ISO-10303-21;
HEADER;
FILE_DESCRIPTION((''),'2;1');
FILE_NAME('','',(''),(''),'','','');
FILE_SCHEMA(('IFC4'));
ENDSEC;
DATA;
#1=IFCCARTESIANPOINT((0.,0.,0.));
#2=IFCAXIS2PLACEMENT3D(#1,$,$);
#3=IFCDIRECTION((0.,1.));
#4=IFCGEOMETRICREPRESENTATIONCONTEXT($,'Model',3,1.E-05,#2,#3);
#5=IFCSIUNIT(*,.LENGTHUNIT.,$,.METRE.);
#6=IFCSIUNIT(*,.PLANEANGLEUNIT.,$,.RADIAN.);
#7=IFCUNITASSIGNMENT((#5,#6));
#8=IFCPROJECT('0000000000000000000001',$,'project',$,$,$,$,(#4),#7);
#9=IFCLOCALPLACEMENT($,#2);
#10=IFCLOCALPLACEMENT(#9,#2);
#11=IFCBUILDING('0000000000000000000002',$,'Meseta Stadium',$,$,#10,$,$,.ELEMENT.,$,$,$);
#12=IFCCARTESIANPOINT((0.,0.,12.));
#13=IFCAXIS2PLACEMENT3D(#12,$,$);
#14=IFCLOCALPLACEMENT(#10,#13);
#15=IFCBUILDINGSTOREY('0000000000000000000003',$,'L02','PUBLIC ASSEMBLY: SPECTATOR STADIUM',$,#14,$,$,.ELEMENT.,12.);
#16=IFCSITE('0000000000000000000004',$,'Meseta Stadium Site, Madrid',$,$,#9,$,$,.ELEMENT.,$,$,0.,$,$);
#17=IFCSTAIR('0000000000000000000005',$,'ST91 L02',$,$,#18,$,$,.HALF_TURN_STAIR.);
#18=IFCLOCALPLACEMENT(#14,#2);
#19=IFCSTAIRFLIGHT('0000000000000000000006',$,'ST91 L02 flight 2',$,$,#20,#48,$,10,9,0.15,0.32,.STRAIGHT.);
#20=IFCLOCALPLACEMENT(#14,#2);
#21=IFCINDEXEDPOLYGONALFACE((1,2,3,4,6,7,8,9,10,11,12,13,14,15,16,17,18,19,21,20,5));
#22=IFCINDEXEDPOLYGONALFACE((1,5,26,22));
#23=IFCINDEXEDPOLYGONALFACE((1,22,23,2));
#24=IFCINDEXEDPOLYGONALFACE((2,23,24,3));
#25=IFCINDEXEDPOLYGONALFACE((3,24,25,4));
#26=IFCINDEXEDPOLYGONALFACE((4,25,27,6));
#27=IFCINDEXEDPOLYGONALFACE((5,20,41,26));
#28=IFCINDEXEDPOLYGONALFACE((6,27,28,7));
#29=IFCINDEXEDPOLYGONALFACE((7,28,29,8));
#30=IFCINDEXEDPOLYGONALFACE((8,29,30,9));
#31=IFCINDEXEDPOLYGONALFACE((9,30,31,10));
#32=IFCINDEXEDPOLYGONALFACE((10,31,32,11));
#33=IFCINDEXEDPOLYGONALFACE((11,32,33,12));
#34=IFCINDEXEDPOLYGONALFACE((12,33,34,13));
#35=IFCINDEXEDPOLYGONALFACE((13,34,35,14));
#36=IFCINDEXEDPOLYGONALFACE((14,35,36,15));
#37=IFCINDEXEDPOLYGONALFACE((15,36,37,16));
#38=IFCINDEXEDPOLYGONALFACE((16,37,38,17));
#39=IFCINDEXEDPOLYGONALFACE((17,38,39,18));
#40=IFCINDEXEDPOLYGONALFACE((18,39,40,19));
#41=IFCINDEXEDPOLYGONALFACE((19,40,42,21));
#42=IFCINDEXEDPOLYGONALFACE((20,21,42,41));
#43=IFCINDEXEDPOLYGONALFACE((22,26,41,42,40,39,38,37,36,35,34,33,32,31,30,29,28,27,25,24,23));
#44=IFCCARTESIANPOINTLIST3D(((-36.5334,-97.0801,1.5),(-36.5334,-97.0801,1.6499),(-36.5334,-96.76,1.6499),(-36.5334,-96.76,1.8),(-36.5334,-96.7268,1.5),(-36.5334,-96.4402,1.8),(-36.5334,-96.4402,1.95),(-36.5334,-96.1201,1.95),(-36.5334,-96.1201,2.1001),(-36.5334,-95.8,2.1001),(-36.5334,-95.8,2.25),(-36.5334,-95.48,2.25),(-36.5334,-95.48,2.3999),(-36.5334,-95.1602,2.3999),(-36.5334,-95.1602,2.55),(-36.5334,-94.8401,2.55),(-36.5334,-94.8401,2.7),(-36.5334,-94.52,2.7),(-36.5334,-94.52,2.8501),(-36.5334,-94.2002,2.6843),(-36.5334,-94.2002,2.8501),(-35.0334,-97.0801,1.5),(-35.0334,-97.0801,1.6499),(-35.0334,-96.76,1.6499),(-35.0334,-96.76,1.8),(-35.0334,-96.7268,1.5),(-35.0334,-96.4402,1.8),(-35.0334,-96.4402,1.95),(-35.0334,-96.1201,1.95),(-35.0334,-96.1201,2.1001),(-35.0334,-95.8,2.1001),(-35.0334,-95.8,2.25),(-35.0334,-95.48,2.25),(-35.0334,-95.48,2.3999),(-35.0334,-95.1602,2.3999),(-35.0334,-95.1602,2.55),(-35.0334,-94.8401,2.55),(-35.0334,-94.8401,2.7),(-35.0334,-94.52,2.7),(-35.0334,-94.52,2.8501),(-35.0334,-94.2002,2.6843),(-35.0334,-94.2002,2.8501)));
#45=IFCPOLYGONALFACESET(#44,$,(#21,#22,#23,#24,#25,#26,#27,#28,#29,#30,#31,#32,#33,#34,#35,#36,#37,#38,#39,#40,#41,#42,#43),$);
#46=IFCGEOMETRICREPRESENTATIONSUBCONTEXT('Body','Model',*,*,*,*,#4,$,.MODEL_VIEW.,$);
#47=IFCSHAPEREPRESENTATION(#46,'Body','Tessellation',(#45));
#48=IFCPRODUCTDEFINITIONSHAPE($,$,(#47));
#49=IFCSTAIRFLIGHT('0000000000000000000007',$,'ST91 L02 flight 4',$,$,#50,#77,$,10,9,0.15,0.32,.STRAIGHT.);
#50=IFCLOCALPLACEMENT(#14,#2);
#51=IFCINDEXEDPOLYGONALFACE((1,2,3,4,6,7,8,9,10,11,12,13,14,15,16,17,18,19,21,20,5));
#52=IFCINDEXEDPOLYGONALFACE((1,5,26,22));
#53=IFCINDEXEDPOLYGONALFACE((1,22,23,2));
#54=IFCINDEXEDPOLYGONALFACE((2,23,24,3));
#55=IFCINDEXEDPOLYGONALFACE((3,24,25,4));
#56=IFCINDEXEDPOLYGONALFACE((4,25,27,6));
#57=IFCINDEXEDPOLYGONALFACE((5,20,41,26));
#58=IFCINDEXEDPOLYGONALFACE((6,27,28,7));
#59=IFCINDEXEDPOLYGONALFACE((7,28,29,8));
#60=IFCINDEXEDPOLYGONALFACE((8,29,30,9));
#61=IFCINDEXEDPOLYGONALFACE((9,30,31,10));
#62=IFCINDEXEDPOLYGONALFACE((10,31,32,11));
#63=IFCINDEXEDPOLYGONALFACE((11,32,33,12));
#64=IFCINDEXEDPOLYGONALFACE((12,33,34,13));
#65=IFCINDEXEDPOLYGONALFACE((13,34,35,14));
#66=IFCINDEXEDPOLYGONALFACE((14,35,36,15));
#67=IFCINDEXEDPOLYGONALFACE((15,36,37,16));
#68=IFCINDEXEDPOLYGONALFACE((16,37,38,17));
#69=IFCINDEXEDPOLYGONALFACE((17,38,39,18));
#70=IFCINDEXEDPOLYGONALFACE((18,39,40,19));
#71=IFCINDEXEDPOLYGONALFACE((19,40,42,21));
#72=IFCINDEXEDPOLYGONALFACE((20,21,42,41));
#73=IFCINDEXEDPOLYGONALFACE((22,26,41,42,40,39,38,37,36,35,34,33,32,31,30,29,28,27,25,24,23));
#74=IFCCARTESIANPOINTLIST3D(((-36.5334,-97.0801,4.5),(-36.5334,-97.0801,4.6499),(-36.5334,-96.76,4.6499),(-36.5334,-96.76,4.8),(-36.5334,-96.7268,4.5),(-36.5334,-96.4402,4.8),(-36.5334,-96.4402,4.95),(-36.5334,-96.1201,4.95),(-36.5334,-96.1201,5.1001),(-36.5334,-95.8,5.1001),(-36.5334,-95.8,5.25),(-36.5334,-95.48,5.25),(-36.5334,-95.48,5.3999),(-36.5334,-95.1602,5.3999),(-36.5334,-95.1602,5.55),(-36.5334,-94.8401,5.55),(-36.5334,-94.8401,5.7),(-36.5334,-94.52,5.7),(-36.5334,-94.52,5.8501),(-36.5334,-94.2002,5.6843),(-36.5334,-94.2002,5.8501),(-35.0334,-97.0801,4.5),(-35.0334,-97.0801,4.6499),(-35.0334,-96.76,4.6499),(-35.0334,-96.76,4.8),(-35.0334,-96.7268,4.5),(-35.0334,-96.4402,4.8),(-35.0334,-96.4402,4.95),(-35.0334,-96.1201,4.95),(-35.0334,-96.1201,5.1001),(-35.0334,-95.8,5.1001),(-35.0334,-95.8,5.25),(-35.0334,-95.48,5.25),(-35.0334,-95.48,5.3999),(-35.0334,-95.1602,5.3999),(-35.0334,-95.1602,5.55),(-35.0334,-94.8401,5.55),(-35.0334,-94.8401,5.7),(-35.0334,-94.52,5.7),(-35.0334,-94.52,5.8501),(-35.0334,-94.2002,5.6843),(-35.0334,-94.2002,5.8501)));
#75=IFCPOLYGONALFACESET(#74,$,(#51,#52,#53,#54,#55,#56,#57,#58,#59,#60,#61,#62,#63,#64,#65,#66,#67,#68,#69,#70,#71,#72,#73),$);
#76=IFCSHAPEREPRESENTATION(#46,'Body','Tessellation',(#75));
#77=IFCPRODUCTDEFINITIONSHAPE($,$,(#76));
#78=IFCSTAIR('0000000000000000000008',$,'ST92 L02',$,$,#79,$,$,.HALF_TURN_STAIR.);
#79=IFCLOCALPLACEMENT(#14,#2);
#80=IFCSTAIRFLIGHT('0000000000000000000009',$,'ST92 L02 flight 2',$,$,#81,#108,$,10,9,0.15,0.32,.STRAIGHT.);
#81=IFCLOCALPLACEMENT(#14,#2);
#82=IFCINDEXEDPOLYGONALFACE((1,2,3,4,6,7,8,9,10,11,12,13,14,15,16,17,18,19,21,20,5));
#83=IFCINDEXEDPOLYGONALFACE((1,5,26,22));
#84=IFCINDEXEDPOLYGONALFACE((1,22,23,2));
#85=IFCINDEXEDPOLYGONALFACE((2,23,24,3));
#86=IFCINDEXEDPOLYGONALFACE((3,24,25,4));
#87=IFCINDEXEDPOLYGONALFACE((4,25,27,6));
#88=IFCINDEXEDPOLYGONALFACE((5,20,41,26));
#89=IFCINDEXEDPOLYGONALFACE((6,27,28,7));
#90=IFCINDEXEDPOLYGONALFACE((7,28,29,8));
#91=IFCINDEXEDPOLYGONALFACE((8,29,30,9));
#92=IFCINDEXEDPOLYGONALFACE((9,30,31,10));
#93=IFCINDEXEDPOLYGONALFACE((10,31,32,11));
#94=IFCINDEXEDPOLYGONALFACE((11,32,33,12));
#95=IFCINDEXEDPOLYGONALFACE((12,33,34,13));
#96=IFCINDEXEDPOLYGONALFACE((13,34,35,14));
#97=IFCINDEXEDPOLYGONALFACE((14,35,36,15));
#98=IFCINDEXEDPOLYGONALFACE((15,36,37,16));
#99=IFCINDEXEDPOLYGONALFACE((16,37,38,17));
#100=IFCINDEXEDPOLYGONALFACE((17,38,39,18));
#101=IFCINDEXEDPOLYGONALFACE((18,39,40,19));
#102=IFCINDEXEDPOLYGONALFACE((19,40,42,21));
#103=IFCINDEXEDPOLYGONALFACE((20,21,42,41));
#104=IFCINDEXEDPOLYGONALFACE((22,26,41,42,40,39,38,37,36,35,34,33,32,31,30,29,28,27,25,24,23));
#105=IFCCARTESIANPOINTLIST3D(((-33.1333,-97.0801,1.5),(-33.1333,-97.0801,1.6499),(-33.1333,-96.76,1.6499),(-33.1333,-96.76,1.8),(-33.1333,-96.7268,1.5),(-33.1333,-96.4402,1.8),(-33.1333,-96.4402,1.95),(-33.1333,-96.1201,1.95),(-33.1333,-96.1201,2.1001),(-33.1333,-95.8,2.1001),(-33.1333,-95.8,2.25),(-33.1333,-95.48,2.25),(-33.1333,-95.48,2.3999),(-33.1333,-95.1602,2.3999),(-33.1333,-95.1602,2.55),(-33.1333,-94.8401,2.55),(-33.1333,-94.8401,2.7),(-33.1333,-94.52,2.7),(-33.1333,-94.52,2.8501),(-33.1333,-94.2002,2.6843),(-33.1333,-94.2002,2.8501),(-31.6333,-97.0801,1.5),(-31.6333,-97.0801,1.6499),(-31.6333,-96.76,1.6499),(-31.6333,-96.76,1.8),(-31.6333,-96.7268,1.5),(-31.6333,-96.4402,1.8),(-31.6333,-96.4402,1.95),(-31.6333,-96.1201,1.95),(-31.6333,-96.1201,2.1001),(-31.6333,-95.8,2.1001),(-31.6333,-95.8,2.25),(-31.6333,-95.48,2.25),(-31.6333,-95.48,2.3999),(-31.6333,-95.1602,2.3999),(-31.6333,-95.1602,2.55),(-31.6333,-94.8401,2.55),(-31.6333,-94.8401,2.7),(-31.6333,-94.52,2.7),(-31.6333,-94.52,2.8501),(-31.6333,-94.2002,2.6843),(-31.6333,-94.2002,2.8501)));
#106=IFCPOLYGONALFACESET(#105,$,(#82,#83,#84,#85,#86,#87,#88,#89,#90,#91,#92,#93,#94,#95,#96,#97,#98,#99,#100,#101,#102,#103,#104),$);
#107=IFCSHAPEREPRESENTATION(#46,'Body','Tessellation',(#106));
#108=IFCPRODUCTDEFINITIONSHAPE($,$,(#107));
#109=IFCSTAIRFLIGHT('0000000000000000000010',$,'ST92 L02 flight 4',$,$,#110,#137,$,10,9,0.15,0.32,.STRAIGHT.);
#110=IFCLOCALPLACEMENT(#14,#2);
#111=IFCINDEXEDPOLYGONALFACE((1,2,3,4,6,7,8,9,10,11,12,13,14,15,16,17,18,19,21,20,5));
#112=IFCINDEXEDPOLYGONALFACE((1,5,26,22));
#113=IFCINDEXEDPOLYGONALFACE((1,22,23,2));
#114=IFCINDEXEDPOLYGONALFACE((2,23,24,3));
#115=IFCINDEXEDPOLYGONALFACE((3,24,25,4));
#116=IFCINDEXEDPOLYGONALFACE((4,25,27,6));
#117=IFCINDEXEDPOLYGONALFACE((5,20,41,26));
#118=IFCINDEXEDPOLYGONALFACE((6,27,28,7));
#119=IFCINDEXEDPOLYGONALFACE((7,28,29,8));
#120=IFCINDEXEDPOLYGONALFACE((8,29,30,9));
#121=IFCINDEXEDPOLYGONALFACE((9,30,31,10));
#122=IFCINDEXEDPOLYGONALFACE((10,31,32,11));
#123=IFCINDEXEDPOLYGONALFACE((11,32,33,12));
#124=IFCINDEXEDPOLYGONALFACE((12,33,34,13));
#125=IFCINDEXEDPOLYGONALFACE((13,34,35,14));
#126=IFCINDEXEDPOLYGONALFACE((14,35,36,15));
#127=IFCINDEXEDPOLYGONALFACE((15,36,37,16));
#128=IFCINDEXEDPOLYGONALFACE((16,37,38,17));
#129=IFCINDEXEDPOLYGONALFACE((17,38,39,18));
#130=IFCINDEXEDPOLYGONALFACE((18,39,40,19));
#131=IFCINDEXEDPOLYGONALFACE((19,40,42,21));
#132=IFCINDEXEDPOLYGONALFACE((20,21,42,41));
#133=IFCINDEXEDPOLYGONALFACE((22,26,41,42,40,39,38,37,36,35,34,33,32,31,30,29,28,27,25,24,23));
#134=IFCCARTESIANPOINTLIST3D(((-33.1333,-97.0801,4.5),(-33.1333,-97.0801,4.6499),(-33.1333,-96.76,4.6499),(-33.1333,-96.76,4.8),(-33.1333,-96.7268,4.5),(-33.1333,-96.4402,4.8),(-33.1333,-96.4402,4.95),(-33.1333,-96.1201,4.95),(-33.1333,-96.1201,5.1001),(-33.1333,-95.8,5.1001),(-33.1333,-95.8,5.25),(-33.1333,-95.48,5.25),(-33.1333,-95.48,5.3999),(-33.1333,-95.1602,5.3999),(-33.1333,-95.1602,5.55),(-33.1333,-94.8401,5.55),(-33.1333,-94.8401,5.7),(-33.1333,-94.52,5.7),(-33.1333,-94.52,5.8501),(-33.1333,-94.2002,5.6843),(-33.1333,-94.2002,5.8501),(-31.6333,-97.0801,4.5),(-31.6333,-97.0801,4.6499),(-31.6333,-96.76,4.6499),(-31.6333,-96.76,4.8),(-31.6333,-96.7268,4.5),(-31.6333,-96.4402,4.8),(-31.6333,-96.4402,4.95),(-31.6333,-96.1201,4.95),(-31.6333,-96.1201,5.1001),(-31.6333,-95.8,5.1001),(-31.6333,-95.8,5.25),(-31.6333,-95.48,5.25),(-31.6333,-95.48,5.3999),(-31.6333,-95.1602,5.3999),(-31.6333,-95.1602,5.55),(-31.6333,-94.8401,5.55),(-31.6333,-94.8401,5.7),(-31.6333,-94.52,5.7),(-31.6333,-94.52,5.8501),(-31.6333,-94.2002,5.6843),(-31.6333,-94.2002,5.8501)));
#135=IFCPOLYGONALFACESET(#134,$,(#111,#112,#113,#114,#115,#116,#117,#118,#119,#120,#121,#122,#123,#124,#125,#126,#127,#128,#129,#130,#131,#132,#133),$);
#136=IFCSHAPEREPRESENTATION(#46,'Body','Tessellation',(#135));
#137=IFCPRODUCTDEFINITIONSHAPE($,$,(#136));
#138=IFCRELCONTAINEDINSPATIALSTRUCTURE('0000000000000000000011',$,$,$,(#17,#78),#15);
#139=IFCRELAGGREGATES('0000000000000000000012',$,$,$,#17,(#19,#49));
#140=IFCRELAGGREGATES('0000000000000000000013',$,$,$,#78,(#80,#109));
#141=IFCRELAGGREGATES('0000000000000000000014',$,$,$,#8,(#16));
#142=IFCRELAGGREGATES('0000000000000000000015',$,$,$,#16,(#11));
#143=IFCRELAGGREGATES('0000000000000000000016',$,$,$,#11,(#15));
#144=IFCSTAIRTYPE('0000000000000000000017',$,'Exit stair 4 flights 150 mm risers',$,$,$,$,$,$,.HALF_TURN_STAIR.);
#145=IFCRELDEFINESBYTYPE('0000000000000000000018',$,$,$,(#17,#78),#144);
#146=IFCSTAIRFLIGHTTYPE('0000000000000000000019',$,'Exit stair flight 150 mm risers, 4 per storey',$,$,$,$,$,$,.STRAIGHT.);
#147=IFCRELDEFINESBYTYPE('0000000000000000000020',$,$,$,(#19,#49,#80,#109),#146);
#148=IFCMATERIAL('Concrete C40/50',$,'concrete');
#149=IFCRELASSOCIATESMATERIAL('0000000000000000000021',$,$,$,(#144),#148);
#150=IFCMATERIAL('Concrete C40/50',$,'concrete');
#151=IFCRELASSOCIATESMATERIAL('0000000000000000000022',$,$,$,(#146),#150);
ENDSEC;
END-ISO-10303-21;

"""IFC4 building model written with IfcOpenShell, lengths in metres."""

from ifc_helpers import new_model, si_unit, direction, frame, origin, place, context, subcontext, project, spatial, polyline, outline, extrude, material, type_object, element, aggregate, save


model = new_model("IFC4")

# Units and contexts
model_context = context("Model", 3, precision=1e-05, world=origin(), true_north=direction((0.0, 1.0)))
body_context = subcontext(model_context, "Body", "Model", "MODEL_VIEW")
ifc_project = project(units=[si_unit("LENGTHUNIT", "METRE"), si_unit("PLANEANGLEUNIT", "RADIAN")], contexts=[model_context])

# Site, building, storey
site_placement = place(None, origin())
site = spatial("IfcSite", under=ifc_project, at=site_placement, Name="Meseta Stadium Site, Madrid", CompositionType="ELEMENT", RefElevation=0.0)
building_placement = place(site_placement, origin())
building = spatial("IfcBuilding", under=site, at=building_placement, Name="Meseta Stadium", CompositionType="ELEMENT")
storey_placement = place(building_placement, frame((0.0, 0.0, 12.0)))
storey = spatial("IfcBuildingStorey", under=building, at=storey_placement, Name="L02", Description="PUBLIC ASSEMBLY: SPECTATOR STADIUM", CompositionType="ELEMENT", Elevation=12.0)

# Stairs, stair flights
ifc_material_1 = material(Name="Concrete C40/50", Category="concrete")
stair_type = type_object("IfcStairType", Name="Exit stair 4 flights 150 mm risers", PredefinedType="HALF_TURN_STAIR", material=ifc_material_1)
stair_1_placement = place(storey_placement, origin())
stair_1 = element("IfcStair", 1, at=stair_1_placement, inside=storey, type_object=stair_type, Name="ST91 L02", PredefinedType="HALF_TURN_STAIR")
ifc_material_2 = material(Name="Concrete C40/50", Category="concrete")
stair_flight_type = type_object("IfcStairFlightType", Name="Exit stair flight 150 mm risers, 4 per storey", PredefinedType="STRAIGHT", material=ifc_material_2)
stair_flight_1_placement = place(storey_placement, frame((-35.7834, -97.0801, 1.5), z_axis=(0.0, 0.0, 1.0), x_axis=(0.0, 1.0, 0.0)))
stair_flight_1 = element("IfcStairFlight", 2, at=stair_flight_1_placement, type_object=stair_flight_type, Name="ST91 L02 flight 2", NumberOfRisers=10, NumberOfTreads=9, PredefinedType="STRAIGHT", RiserHeight=0.15, TreadLength=0.32, context=body_context, shape_type="SweptSolid", body=[
    extrude(outline(polyline([(0.0, 0.0), (0.0, 0.1499), (0.3201, 0.1499), (0.3201, 0.3), (0.6399, 0.3), (0.6399, 0.45), (0.96, 0.45), (0.96, 0.6001), (1.28, 0.6001), (1.28, 0.75), (1.6001, 0.75), (1.6001, 0.8999), (1.9199, 0.8999), (1.9199, 1.05), (2.24, 1.05), (2.24, 1.2), (2.5601, 1.2), (2.5601, 1.3501), (2.8799, 1.3501), (2.8799, 1.1843), (0.3533, 0.0), (0.0, 0.0)])), frame((0.0, 0.75, 0.0), z_axis=(0.0, -1.0, 0.0), x_axis=(1.0, 0.0, 0.0)), (0.0, 0.0, 1.0), 1.5),
])
stair_flight_2_placement = place(storey_placement, frame((-35.7834, -97.0801, 4.5), z_axis=(0.0, 0.0, 1.0), x_axis=(0.0, 1.0, 0.0)))
stair_flight_2 = element("IfcStairFlight", 3, at=stair_flight_2_placement, type_object=stair_flight_type, Name="ST91 L02 flight 4", NumberOfRisers=10, NumberOfTreads=9, PredefinedType="STRAIGHT", RiserHeight=0.15, TreadLength=0.32, context=body_context, shape_type="SweptSolid", body=[
    extrude(outline(polyline([(0.0, 0.0), (0.0, 0.1499), (0.3201, 0.1499), (0.3201, 0.3), (0.6399, 0.3), (0.6399, 0.45), (0.96, 0.45), (0.96, 0.6001), (1.28, 0.6001), (1.28, 0.75), (1.6001, 0.75), (1.6001, 0.8999), (1.9199, 0.8999), (1.9199, 1.05), (2.24, 1.05), (2.24, 1.2), (2.5601, 1.2), (2.5601, 1.3501), (2.8799, 1.3501), (2.8799, 1.1843), (0.3533, 0.0), (0.0, 0.0)])), frame((0.0, 0.75, 0.0), z_axis=(0.0, -1.0, 0.0), x_axis=(1.0, 0.0, 0.0)), (0.0, 0.0, 1.0), 1.5),
])
aggregate(stair_1, [stair_flight_1, stair_flight_2])
stair_2_placement = place(storey_placement, origin())
stair_2 = element("IfcStair", 4, at=stair_2_placement, inside=storey, type_object=stair_type, Name="ST92 L02", PredefinedType="HALF_TURN_STAIR")
stair_flight_3_placement = place(storey_placement, frame((-32.3833, -97.0801, 1.5), z_axis=(0.0, 0.0, 1.0), x_axis=(0.0, 1.0, 0.0)))
stair_flight_3 = element("IfcStairFlight", 5, at=stair_flight_3_placement, type_object=stair_flight_type, Name="ST92 L02 flight 2", NumberOfRisers=10, NumberOfTreads=9, PredefinedType="STRAIGHT", RiserHeight=0.15, TreadLength=0.32, context=body_context, shape_type="SweptSolid", body=[
    extrude(outline(polyline([(0.0, 0.0), (0.0, 0.1499), (0.3201, 0.1499), (0.3201, 0.3), (0.6399, 0.3), (0.6399, 0.45), (0.96, 0.45), (0.96, 0.6001), (1.28, 0.6001), (1.28, 0.75), (1.6001, 0.75), (1.6001, 0.8999), (1.9199, 0.8999), (1.9199, 1.05), (2.24, 1.05), (2.24, 1.2), (2.5601, 1.2), (2.5601, 1.3501), (2.8799, 1.3501), (2.8799, 1.1843), (0.3533, 0.0), (0.0, 0.0)])), frame((0.0, 0.75, 0.0), z_axis=(0.0, -1.0, 0.0), x_axis=(1.0, 0.0, 0.0)), (0.0, 0.0, 1.0), 1.5),
])
stair_flight_4_placement = place(storey_placement, frame((-32.3833, -97.0801, 4.5), z_axis=(0.0, 0.0, 1.0), x_axis=(0.0, 1.0, 0.0)))
stair_flight_4 = element("IfcStairFlight", 6, at=stair_flight_4_placement, type_object=stair_flight_type, Name="ST92 L02 flight 4", NumberOfRisers=10, NumberOfTreads=9, PredefinedType="STRAIGHT", RiserHeight=0.15, TreadLength=0.32, context=body_context, shape_type="SweptSolid", body=[
    extrude(outline(polyline([(0.0, 0.0), (0.0, 0.1499), (0.3201, 0.1499), (0.3201, 0.3), (0.6399, 0.3), (0.6399, 0.45), (0.96, 0.45), (0.96, 0.6001), (1.28, 0.6001), (1.28, 0.75), (1.6001, 0.75), (1.6001, 0.8999), (1.9199, 0.8999), (1.9199, 1.05), (2.24, 1.05), (2.24, 1.2), (2.5601, 1.2), (2.5601, 1.3501), (2.8799, 1.3501), (2.8799, 1.1843), (0.3533, 0.0), (0.0, 0.0)])), frame((0.0, 0.75, 0.0), z_axis=(0.0, -1.0, 0.0), x_axis=(1.0, 0.0, 0.0)), (0.0, 0.0, 1.0), 1.5),
])
aggregate(stair_2, [stair_flight_3, stair_flight_4])

save(model, "model.ifc")
